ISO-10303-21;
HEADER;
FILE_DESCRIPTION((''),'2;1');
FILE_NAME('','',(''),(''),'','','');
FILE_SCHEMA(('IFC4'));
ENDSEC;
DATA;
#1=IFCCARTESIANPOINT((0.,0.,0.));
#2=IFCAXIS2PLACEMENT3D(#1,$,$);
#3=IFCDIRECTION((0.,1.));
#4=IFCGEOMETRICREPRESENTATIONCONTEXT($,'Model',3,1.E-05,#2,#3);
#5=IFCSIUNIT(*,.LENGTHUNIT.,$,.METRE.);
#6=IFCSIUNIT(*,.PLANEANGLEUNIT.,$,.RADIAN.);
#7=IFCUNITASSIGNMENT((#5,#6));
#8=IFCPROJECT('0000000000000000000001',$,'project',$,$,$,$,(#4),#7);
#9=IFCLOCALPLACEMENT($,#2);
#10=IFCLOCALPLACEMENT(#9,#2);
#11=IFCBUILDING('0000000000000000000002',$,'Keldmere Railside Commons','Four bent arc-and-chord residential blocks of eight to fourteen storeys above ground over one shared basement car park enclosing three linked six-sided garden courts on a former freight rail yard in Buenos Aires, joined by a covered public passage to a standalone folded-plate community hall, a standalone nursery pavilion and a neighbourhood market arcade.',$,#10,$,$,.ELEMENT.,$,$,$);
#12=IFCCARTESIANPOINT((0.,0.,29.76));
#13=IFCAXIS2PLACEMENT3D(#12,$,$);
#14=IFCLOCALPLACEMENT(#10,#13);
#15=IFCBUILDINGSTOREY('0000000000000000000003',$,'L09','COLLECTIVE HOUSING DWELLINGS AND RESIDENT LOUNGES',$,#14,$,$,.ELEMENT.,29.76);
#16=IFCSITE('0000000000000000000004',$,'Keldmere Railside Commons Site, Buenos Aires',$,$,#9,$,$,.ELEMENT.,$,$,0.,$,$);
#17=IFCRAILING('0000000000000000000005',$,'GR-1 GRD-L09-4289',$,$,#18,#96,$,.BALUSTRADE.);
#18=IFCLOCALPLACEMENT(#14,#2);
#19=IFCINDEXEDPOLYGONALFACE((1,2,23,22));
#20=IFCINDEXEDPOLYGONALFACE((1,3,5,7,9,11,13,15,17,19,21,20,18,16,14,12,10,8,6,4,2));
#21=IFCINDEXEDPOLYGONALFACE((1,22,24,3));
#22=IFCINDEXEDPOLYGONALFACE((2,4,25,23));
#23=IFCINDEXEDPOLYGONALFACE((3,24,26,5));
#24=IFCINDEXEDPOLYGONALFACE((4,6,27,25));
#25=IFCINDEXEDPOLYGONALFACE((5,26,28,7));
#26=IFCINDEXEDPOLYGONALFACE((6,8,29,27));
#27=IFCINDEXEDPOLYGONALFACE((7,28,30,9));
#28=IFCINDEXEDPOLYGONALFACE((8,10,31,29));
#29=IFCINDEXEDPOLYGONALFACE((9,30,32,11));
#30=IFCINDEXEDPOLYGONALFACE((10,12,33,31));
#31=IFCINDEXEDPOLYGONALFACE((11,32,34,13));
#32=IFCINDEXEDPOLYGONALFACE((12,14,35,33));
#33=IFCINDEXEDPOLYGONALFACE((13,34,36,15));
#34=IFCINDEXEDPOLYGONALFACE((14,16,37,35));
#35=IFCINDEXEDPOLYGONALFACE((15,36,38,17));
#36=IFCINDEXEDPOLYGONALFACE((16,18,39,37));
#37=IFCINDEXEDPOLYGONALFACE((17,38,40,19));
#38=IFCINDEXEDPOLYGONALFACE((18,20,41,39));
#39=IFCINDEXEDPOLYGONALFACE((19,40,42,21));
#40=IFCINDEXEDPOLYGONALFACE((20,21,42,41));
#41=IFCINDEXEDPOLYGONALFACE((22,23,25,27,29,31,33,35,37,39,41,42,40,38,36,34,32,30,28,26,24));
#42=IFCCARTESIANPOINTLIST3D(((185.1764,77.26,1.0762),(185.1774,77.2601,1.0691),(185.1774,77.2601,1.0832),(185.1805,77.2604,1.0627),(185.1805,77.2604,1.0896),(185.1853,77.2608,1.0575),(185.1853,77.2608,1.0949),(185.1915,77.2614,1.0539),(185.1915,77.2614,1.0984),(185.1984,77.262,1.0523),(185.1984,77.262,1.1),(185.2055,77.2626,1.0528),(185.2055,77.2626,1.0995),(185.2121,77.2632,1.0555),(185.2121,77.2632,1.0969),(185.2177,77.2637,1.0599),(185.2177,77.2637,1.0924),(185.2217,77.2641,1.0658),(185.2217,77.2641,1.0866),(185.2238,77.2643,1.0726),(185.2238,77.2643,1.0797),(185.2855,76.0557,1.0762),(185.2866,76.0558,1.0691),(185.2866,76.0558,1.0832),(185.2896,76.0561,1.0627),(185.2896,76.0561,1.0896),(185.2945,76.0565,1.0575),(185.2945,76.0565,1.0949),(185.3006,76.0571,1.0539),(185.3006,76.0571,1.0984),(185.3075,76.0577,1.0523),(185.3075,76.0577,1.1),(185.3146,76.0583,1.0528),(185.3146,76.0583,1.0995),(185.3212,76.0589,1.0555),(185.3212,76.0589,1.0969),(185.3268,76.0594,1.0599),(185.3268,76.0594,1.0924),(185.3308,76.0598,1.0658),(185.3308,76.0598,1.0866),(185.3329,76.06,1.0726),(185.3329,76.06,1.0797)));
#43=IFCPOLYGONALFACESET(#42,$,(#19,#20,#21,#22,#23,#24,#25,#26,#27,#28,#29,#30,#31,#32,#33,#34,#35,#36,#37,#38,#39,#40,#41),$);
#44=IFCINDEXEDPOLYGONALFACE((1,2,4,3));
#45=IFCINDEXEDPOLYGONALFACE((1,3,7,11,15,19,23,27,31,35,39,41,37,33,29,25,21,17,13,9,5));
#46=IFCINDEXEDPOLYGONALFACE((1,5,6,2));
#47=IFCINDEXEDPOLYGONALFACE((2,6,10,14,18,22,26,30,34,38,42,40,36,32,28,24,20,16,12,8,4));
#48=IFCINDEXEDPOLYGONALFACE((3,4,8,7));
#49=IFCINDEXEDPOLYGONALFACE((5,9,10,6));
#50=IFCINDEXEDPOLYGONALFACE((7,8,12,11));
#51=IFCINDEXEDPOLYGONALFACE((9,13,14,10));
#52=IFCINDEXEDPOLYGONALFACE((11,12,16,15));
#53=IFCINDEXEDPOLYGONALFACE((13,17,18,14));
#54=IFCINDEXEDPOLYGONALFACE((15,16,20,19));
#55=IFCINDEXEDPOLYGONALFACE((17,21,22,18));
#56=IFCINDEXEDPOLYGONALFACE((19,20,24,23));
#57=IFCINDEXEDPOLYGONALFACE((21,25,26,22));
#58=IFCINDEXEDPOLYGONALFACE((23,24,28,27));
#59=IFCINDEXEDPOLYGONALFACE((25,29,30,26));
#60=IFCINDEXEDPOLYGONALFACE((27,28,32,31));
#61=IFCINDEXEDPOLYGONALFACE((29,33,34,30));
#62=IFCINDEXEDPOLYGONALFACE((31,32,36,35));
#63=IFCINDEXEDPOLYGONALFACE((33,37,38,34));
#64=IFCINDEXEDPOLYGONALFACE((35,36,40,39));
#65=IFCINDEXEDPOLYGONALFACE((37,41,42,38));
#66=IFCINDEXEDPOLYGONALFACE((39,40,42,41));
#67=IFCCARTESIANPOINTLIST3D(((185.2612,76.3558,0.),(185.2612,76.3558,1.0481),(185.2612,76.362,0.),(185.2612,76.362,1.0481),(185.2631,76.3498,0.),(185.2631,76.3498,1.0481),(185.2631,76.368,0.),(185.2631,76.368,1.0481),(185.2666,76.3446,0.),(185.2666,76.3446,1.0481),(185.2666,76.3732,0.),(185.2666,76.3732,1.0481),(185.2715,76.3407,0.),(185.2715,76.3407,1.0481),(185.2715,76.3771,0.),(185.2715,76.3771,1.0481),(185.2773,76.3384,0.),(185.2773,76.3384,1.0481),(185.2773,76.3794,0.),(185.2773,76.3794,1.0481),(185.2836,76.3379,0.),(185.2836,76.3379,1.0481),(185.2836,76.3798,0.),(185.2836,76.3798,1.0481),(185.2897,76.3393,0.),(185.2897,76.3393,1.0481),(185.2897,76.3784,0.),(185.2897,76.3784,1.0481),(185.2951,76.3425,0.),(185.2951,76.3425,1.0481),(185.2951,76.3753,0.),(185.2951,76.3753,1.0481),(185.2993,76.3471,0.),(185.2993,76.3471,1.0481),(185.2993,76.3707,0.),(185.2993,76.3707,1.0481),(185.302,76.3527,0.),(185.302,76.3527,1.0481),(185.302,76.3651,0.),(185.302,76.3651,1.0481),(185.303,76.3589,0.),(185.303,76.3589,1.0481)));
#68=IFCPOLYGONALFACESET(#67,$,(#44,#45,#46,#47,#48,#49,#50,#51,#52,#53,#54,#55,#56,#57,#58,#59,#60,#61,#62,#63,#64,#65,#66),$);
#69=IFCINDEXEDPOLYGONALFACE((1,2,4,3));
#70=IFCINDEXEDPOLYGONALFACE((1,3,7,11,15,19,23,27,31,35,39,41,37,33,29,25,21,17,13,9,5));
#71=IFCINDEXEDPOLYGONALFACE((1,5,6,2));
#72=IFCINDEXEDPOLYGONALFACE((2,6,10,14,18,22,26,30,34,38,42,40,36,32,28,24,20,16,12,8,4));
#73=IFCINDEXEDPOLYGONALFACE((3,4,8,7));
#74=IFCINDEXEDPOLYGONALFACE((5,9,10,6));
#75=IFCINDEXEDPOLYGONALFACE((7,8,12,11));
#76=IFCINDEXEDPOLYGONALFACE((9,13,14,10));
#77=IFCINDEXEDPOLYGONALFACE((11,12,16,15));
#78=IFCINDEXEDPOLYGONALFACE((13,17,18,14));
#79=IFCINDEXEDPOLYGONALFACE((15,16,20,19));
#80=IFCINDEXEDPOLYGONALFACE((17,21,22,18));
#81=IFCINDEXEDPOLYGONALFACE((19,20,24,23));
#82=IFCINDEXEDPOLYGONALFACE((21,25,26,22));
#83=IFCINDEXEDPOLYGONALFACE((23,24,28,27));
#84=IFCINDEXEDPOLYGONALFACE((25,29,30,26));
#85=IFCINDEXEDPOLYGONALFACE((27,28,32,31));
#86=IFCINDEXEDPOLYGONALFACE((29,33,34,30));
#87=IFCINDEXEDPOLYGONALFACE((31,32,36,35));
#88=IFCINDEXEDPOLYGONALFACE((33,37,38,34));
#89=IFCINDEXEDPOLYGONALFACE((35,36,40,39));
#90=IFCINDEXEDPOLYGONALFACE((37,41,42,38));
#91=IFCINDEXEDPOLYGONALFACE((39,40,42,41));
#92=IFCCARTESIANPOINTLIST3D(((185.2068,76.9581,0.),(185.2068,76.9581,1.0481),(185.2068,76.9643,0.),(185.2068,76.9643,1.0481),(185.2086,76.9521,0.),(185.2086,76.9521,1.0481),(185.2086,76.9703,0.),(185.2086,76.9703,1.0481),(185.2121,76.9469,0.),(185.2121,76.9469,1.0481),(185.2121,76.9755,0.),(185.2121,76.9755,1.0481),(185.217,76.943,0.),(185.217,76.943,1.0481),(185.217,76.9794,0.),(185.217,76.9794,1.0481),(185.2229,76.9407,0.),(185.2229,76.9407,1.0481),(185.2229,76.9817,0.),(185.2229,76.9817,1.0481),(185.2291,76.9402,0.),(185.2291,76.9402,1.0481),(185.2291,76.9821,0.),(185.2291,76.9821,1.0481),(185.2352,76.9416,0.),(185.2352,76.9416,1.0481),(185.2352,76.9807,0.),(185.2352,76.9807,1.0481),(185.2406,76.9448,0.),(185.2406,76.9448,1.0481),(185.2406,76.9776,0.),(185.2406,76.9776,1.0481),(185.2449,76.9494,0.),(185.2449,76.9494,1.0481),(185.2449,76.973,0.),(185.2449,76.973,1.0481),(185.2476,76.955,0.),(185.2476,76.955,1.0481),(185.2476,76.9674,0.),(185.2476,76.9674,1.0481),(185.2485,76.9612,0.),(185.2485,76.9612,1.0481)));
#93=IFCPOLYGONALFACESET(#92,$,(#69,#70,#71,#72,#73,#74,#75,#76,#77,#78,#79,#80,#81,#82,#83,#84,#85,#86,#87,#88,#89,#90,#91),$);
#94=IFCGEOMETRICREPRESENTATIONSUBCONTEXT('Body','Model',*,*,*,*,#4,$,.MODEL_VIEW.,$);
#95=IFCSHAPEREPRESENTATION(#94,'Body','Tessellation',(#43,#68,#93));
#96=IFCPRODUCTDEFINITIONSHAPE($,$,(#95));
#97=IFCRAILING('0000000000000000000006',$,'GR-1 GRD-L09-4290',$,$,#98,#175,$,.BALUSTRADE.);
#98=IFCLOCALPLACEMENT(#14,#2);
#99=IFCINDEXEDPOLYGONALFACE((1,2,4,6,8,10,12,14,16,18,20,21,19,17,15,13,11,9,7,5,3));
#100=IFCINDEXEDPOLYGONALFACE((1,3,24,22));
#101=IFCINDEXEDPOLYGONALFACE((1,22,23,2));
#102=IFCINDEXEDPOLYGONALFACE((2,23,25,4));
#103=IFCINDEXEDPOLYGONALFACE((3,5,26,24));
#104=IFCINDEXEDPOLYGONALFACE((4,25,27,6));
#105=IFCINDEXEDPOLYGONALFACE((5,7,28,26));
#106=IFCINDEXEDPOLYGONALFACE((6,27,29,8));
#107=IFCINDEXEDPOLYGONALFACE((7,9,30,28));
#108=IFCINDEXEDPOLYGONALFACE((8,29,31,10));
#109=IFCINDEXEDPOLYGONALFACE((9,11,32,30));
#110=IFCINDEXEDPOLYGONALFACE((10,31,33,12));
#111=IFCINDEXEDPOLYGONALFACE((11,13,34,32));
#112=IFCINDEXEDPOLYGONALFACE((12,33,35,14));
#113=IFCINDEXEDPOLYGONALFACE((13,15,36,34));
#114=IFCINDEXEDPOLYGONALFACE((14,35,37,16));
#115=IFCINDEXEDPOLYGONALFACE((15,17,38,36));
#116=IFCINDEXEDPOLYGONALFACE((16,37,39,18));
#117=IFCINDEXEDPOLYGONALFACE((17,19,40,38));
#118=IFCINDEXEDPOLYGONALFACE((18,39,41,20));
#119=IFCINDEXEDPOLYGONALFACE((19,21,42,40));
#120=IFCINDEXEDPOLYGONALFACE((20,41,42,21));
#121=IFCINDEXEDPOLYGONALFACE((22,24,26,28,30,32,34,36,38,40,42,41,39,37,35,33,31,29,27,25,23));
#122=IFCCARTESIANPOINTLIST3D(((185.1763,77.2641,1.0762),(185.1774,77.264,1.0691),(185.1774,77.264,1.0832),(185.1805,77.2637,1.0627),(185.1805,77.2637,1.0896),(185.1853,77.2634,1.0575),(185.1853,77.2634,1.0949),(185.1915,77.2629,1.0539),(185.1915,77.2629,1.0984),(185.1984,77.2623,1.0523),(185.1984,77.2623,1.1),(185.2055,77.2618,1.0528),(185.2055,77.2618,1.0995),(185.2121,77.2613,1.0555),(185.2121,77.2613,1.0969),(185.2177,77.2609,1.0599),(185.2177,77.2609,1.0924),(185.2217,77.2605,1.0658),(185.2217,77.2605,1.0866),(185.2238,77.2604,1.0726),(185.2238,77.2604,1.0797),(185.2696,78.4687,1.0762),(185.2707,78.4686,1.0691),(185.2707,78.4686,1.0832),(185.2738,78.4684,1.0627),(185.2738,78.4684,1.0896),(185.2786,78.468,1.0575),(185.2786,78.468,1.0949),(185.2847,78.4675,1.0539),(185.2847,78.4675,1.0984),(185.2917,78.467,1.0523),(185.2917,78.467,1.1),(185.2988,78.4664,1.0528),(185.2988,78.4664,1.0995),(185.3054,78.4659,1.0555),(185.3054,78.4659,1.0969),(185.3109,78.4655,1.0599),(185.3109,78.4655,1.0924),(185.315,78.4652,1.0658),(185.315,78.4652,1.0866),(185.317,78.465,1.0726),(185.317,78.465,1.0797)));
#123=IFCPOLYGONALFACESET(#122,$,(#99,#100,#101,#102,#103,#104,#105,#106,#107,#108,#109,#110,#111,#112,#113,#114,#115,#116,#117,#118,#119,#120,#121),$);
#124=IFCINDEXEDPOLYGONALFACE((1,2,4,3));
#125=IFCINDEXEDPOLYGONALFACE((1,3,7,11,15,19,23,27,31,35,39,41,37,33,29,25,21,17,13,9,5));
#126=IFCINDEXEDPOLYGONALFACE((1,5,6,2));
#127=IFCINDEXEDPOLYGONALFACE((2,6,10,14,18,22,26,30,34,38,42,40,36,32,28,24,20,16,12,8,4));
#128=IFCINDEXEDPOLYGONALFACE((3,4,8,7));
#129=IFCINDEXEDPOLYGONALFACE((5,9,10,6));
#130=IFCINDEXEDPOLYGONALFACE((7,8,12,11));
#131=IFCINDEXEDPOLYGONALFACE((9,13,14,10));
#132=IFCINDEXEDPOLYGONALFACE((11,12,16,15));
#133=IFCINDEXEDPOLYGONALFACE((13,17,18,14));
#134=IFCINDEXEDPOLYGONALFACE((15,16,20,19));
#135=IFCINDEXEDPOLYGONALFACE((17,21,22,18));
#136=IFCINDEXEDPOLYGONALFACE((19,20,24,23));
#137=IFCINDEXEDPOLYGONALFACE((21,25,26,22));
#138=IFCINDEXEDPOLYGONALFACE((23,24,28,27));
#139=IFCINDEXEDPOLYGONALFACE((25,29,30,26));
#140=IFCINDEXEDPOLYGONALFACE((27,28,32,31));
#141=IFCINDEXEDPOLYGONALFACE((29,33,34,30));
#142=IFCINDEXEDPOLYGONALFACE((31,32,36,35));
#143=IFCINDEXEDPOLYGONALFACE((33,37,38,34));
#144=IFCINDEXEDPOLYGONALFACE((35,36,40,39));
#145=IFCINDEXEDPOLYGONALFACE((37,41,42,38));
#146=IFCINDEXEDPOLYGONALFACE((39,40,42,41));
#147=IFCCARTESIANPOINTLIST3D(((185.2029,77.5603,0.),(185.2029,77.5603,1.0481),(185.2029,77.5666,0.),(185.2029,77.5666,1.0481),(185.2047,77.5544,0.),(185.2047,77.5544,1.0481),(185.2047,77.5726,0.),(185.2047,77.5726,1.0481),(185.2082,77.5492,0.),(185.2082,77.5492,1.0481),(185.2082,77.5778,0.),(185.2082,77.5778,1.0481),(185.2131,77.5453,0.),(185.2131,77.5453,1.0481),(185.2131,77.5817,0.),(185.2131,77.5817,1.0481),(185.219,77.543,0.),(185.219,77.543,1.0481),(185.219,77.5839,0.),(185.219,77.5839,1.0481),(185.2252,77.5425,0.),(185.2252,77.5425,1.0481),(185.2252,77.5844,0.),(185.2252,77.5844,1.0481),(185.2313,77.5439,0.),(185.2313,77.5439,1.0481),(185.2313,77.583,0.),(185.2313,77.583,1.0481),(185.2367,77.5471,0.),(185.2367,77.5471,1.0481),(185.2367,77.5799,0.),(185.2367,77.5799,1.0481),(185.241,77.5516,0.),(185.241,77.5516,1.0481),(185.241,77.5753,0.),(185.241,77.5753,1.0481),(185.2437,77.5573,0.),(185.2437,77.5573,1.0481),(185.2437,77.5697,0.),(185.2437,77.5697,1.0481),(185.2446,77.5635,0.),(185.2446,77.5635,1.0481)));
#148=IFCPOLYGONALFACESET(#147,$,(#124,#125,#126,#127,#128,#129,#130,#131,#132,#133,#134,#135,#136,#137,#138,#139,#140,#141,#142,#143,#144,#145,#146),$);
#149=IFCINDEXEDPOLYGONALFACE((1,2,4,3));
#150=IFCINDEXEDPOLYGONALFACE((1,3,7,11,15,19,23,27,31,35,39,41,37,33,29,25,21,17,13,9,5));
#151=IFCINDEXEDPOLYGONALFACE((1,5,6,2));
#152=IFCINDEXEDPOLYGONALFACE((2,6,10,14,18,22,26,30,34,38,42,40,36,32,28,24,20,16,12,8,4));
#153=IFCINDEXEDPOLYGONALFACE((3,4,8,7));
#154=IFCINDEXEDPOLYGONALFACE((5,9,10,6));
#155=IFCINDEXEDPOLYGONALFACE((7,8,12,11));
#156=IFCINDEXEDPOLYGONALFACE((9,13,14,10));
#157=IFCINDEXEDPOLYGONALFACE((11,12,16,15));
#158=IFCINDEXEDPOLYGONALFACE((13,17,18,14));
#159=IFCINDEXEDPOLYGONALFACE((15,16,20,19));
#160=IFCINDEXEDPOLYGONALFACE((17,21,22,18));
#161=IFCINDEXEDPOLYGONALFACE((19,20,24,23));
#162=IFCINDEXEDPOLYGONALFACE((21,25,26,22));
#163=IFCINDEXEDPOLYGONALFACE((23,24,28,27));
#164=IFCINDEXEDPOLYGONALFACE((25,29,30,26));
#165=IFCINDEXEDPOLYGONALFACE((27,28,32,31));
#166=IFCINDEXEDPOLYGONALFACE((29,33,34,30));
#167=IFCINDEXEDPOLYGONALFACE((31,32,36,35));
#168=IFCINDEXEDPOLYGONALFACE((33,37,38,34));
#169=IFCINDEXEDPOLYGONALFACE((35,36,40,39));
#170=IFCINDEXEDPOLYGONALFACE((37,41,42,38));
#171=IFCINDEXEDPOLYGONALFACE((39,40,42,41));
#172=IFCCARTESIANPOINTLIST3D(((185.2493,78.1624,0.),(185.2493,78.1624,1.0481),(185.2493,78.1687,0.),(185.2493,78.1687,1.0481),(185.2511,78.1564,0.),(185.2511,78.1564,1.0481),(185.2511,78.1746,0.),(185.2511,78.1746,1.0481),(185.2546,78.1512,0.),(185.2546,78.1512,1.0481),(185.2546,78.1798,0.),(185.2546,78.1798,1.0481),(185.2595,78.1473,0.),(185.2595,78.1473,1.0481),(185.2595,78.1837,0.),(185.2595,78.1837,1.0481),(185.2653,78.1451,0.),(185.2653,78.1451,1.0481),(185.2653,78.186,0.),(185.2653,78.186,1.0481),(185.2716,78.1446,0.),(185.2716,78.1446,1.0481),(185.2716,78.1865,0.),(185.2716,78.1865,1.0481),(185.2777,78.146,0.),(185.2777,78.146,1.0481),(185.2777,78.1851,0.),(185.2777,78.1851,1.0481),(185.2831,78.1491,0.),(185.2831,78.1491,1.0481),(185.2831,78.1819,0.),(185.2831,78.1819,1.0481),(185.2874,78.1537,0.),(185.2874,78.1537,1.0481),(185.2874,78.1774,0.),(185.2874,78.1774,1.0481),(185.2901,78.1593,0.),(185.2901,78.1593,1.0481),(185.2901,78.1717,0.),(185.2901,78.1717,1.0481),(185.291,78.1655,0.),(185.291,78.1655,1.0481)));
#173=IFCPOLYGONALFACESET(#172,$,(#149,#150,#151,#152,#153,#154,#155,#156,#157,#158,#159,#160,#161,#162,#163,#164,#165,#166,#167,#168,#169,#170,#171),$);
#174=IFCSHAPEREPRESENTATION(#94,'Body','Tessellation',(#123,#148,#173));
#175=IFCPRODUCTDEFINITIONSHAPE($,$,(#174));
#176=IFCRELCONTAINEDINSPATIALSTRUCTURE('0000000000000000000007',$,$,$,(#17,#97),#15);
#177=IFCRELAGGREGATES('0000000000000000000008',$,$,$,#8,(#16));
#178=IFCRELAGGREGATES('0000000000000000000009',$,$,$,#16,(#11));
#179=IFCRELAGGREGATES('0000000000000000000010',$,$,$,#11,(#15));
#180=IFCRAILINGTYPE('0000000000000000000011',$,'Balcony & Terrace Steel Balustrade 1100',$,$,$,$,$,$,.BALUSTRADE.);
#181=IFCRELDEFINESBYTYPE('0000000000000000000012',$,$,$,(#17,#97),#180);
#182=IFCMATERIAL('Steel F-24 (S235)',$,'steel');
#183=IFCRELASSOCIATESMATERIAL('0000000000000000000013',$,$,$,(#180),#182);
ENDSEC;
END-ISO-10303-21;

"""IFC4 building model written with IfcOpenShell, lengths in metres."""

from ifc_helpers import new_model, si_unit, direction, frame, origin, origin_2d, place, context, subcontext, project, spatial, circle, extrude, material, type_object, element, save


model = new_model("IFC4")

# Units and contexts
model_context = context("Model", 3, precision=1e-05, world=origin(), true_north=direction((0.0, 1.0)))
body_context = subcontext(model_context, "Body", "Model", "MODEL_VIEW")
ifc_project = project(units=[si_unit("LENGTHUNIT", "METRE"), si_unit("PLANEANGLEUNIT", "RADIAN")], contexts=[model_context])

# Site, building, storey
site_placement = place(None, origin())
site = spatial("IfcSite", under=ifc_project, at=site_placement, Name="Keldmere Railside Commons Site, Buenos Aires", CompositionType="ELEMENT", RefElevation=0.0)
building_placement = place(site_placement, origin())
building = spatial("IfcBuilding", under=site, at=building_placement, Name="Keldmere Railside Commons", Description="Four bent arc-and-chord residential blocks of eight to fourteen storeys above ground over one shared basement car park enclosing three linked six-sided garden courts on a former freight rail yard in Buenos Aires, joined by a covered public passage to a standalone folded-plate community hall, a standalone nursery pavilion and a neighbourhood market arcade.", CompositionType="ELEMENT")
storey_placement = place(building_placement, frame((0.0, 0.0, 29.76)))
storey = spatial("IfcBuildingStorey", under=building, at=storey_placement, Name="L09", Description="COLLECTIVE HOUSING DWELLINGS AND RESIDENT LOUNGES", CompositionType="ELEMENT", Elevation=29.76)

# Railings
ifc_material_1 = material(Name="Steel F-24 (S235)", Category="steel")
railing_type = type_object("IfcRailingType", Name="Balcony & Terrace Steel Balustrade 1100", PredefinedType="BALUSTRADE", material=ifc_material_1)
railing_1_placement = place(storey_placement, frame((185.3093, 76.0579, 0.0)))
element("IfcRailing", 1, at=railing_1_placement, inside=storey, type_object=railing_type, Name="GR-1 GRD-L09-4289", PredefinedType="BALUSTRADE", context=body_context, shape_type="SweptSolid", body=[
    extrude(circle(Radius=0.0239, at=origin_2d()), frame((0.0, 0.0, 1.0762), z_axis=(-0.090244, 0.99592, 0.0), x_axis=(-0.99592, -0.090244, 0.0)), (0.0, 0.0, 1.0), 1.2092),
    extrude(circle(Radius=0.021, at=origin_2d()), frame((-0.0273, 0.301, 0.0)), (0.0, 0.0, 1.0), 1.0481),
    extrude(circle(Radius=0.021, at=origin_2d()), frame((-0.0818, 0.9033, 0.0)), (0.0, 0.0, 1.0), 1.0481),
])
railing_2_placement = place(storey_placement, frame((185.2002, 77.2622, 0.0)))
element("IfcRailing", 2, at=railing_2_placement, inside=storey, type_object=railing_type, Name="GR-1 GRD-L09-4290", PredefinedType="BALUSTRADE", context=body_context, shape_type="SweptSolid", body=[
    extrude(circle(Radius=0.0239, at=origin_2d()), frame((0.0, 0.0, 1.0762), z_axis=(0.077191, 0.997016, 0.0), x_axis=(-0.997016, 0.077191, 0.0)), (0.0, 0.0, 1.0), 1.2083),
    extrude(circle(Radius=0.021, at=origin_2d()), frame((0.0234, 0.3013, 0.0)), (0.0, 0.0, 1.0), 1.0481),
    extrude(circle(Radius=0.021, at=origin_2d()), frame((0.0698, 0.9033, 0.0)), (0.0, 0.0, 1.0), 1.0481),
])

save(model, "model.ifc")
